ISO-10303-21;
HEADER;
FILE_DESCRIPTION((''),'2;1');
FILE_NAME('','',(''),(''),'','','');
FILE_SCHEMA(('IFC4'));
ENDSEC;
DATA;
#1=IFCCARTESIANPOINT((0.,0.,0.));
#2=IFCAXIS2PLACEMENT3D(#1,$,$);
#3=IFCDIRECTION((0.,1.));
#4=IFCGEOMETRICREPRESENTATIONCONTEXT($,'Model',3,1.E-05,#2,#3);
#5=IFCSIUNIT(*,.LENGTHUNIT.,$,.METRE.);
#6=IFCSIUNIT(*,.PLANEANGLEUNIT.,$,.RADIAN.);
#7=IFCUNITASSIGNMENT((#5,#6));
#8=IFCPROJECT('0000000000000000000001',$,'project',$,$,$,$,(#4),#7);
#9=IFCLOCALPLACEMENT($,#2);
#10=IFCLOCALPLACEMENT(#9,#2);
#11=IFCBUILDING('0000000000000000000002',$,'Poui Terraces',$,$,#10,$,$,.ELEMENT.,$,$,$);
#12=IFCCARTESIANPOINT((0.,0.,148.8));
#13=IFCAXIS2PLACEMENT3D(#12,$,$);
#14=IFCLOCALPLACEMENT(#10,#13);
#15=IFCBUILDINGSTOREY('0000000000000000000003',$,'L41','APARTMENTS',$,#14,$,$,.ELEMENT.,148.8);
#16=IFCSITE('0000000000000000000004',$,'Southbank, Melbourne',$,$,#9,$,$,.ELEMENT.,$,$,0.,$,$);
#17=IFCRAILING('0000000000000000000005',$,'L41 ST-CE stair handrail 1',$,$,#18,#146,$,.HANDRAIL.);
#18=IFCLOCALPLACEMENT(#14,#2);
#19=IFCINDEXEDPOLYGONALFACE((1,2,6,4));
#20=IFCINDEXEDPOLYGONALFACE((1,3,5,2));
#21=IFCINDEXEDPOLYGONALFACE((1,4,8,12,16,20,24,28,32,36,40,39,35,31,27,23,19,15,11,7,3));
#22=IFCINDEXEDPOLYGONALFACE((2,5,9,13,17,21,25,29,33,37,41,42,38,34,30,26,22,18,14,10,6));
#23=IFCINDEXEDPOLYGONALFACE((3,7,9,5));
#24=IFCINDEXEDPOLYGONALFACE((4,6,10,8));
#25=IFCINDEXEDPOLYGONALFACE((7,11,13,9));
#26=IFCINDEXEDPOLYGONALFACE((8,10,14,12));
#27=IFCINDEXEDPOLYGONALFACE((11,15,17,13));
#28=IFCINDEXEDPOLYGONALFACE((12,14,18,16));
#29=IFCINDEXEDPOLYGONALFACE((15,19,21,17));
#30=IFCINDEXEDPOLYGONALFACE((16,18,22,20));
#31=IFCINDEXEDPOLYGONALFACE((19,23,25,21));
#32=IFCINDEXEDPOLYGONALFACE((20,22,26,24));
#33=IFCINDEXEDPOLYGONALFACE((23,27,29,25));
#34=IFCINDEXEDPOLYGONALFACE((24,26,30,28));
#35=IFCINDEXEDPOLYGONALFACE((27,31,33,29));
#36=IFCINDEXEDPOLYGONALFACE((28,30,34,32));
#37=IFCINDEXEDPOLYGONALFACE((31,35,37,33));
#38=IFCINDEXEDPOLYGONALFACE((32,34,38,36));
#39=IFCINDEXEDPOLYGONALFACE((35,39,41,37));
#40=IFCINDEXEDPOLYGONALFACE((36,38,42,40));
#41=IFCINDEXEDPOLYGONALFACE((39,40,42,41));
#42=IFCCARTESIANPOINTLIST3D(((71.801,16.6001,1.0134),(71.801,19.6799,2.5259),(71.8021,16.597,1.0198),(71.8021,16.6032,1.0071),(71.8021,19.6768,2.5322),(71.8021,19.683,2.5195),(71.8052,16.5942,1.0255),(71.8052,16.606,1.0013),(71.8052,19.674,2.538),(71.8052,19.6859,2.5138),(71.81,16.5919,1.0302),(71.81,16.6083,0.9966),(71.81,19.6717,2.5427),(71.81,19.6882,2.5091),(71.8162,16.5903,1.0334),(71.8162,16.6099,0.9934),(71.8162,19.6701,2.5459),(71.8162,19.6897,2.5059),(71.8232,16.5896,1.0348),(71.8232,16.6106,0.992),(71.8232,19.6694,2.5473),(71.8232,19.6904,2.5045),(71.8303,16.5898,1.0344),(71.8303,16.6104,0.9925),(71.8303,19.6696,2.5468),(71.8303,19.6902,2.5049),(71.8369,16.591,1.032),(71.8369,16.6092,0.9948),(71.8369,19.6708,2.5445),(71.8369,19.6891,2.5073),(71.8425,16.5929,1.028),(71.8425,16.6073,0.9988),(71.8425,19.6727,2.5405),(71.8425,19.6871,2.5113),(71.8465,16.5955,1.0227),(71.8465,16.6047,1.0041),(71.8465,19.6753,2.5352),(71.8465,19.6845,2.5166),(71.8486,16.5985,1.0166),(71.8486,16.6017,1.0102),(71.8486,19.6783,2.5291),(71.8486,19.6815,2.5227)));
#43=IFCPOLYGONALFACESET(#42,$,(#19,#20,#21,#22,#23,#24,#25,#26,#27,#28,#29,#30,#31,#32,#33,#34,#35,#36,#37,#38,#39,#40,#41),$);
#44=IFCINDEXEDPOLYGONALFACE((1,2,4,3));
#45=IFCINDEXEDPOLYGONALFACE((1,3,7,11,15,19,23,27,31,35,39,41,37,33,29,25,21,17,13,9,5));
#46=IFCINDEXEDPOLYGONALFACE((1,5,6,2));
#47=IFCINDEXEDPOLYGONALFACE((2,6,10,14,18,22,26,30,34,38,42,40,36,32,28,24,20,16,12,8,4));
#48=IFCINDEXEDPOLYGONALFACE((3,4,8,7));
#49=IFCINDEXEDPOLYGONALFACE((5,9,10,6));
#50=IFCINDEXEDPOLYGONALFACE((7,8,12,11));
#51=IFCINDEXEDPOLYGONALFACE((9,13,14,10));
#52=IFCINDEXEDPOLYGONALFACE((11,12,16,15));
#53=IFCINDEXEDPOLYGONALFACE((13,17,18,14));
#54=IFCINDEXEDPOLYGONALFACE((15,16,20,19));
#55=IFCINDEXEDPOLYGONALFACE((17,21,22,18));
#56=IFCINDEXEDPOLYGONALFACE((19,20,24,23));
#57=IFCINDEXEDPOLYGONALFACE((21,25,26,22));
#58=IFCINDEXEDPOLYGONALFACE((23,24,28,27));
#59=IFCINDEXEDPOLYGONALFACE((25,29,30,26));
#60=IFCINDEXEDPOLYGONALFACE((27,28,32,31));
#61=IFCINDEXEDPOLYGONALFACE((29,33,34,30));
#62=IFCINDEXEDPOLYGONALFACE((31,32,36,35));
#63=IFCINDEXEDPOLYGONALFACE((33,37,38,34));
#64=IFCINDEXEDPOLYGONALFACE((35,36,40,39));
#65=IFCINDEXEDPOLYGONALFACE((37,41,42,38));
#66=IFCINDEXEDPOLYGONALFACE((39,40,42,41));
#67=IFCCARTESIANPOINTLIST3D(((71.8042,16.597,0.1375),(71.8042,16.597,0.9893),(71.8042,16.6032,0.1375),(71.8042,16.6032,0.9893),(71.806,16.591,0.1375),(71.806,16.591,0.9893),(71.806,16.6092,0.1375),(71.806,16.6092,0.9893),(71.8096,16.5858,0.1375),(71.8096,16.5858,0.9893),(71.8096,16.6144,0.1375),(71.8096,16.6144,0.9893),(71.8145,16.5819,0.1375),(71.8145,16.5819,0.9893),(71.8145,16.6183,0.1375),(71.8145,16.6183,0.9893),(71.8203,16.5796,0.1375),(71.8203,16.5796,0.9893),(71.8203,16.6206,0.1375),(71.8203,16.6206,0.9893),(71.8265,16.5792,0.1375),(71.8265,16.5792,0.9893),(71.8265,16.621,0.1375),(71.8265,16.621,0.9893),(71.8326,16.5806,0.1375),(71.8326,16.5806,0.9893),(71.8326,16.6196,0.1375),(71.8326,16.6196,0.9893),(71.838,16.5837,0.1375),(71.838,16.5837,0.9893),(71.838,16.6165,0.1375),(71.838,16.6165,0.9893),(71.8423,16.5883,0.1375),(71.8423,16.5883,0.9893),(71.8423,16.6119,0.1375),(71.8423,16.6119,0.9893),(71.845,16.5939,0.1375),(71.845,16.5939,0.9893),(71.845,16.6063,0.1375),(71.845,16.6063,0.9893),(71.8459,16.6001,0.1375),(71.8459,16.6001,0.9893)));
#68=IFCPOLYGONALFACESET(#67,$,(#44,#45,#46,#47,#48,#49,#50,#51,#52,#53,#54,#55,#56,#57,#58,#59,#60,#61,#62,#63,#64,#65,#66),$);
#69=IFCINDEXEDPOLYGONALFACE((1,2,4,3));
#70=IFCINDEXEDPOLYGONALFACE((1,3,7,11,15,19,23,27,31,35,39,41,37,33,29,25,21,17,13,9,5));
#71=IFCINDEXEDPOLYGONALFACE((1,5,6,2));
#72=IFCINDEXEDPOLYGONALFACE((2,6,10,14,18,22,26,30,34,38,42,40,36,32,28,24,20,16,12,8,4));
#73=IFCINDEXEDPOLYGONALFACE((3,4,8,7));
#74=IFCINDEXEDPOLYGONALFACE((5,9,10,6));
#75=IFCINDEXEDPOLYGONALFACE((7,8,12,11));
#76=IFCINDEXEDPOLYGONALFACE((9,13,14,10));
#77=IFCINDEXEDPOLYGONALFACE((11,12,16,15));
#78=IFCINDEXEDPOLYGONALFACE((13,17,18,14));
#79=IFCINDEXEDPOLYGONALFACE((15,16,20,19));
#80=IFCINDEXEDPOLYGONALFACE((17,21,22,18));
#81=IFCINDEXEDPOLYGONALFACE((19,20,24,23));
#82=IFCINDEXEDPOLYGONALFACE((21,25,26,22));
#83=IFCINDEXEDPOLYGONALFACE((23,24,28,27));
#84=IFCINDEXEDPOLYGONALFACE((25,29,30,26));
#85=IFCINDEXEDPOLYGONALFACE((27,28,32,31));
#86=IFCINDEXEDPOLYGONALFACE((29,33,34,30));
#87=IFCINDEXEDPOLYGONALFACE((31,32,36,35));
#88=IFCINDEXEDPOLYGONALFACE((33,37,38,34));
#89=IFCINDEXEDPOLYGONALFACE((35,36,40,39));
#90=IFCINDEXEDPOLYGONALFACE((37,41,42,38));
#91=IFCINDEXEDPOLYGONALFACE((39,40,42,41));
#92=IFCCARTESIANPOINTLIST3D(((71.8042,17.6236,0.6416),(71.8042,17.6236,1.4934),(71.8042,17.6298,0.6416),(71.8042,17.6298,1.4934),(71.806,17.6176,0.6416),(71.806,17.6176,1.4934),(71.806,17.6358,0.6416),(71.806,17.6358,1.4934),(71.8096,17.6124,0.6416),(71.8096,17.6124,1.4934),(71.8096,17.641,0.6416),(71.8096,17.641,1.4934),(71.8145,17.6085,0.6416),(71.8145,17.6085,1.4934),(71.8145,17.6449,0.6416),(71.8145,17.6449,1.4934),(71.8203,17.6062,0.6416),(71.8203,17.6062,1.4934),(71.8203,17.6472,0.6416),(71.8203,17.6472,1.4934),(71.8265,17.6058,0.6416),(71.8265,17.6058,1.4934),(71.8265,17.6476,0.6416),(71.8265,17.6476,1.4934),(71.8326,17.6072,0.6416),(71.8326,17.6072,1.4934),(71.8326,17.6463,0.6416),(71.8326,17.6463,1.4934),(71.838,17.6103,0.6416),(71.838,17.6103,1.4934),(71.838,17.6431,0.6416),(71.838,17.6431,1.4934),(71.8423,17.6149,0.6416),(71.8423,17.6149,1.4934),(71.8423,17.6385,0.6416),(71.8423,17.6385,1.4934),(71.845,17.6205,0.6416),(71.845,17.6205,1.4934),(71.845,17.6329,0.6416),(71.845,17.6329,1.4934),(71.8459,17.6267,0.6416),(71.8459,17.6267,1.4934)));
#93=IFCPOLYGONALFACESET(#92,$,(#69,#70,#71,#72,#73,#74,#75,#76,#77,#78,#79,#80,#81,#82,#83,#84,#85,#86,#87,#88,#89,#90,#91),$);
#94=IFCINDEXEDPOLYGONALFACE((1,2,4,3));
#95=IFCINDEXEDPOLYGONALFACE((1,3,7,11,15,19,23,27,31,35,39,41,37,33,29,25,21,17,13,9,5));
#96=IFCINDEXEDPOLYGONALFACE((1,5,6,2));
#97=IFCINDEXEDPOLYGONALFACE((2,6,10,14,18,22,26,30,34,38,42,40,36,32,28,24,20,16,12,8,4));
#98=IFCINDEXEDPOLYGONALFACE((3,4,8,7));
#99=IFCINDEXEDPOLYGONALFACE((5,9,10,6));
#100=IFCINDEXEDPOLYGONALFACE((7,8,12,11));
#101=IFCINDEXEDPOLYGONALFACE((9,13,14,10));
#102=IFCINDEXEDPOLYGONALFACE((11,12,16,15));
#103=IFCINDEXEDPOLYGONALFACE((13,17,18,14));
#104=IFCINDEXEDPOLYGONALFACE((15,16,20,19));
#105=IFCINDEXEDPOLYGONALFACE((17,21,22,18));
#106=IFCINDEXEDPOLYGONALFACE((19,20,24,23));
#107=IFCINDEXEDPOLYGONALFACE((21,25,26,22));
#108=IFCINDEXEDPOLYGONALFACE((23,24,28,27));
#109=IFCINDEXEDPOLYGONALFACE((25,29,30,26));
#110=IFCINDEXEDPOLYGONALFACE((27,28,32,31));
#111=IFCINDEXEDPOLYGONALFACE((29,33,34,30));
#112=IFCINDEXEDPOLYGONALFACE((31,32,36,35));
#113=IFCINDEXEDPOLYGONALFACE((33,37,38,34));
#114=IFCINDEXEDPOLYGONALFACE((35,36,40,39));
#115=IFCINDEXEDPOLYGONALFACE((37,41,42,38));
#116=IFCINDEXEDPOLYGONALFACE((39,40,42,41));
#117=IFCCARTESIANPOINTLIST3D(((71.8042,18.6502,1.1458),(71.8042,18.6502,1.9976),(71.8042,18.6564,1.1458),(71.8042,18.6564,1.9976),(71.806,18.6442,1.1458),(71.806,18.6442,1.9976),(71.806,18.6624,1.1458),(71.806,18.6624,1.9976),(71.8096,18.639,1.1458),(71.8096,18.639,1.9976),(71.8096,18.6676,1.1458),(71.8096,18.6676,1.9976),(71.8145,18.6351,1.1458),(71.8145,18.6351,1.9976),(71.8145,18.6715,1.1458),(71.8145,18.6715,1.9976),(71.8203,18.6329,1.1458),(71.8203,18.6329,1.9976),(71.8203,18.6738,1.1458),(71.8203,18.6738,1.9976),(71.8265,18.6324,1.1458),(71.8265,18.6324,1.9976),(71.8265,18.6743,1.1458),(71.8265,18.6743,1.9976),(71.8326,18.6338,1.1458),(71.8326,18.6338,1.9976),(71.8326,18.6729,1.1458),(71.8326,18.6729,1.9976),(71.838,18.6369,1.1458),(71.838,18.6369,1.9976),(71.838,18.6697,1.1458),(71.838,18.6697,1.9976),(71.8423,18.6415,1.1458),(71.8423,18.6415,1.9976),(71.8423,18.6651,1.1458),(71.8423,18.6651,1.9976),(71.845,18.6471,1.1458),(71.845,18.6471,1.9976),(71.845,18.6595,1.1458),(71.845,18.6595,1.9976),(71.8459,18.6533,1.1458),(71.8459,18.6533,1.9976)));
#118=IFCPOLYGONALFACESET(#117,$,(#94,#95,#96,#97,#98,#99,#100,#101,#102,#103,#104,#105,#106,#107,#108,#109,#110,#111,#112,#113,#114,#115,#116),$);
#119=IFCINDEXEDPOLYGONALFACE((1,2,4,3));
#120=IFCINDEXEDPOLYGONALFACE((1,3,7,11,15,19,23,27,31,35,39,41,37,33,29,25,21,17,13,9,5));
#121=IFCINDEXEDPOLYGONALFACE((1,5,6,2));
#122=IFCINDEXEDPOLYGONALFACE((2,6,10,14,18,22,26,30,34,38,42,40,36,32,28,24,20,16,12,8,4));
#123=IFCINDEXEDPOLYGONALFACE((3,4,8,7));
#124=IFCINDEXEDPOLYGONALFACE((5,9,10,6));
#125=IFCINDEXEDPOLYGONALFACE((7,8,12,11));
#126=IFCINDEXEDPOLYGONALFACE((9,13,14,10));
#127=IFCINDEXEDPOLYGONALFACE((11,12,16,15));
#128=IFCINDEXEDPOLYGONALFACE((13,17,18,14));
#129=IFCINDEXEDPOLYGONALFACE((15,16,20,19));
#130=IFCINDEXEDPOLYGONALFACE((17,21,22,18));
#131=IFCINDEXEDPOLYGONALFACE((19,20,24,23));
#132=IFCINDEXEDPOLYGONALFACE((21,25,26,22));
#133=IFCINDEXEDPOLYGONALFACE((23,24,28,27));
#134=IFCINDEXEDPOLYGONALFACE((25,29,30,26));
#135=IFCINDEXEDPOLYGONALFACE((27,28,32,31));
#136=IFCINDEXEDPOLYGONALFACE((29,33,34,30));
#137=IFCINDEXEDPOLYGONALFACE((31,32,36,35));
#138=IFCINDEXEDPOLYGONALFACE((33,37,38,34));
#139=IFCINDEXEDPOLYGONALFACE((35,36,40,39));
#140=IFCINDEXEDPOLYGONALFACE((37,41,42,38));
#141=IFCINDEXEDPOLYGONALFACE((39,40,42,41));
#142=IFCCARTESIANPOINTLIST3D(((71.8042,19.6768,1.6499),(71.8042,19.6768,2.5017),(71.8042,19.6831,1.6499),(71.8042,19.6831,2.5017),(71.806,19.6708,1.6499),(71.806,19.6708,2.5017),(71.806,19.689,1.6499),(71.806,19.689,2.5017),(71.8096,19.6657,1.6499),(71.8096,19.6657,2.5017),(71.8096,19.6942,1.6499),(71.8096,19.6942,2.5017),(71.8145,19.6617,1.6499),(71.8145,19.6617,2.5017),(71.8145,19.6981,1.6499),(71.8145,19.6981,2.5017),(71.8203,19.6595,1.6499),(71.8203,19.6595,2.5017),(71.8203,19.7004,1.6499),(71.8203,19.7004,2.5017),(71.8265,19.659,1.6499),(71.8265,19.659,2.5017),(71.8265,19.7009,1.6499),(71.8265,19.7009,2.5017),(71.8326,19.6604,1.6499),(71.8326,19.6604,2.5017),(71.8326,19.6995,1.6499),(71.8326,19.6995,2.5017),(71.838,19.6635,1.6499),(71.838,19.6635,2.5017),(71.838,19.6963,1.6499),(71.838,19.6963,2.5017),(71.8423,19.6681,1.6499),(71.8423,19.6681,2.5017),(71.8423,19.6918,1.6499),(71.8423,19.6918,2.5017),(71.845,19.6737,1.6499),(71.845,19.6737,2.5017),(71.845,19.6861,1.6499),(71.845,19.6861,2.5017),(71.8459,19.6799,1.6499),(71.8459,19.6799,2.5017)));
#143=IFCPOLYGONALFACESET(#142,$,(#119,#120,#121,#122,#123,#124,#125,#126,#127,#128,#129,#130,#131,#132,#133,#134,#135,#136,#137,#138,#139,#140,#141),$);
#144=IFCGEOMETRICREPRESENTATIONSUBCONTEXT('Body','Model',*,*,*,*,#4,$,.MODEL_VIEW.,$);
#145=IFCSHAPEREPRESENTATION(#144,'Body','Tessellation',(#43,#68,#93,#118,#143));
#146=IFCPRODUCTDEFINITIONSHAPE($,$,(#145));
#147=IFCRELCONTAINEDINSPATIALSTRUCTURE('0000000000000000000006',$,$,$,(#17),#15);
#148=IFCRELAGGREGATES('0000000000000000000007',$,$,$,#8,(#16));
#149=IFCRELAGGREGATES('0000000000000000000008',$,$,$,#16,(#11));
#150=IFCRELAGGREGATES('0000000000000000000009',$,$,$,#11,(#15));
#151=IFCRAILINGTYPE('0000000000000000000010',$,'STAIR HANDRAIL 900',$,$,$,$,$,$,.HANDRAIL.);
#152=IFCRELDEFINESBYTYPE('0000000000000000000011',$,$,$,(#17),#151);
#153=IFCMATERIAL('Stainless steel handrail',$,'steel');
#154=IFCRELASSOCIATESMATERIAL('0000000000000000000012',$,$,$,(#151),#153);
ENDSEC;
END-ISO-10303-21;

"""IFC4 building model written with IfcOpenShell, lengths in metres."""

from ifc_helpers import new_model, si_unit, direction, frame, origin, origin_2d, place, context, subcontext, project, spatial, circle, extrude, material, type_object, element, save


model = new_model("IFC4")

# Units and contexts
model_context = context("Model", 3, precision=1e-05, world=origin(), true_north=direction((0.0, 1.0)))
body_context = subcontext(model_context, "Body", "Model", "MODEL_VIEW")
ifc_project = project(units=[si_unit("LENGTHUNIT", "METRE"), si_unit("PLANEANGLEUNIT", "RADIAN")], contexts=[model_context])

# Site, building, storey
site_placement = place(None, origin())
site = spatial("IfcSite", under=ifc_project, at=site_placement, Name="Southbank, Melbourne", CompositionType="ELEMENT", RefElevation=0.0)
building_placement = place(site_placement, origin())
building = spatial("IfcBuilding", under=site, at=building_placement, Name="Poui Terraces", CompositionType="ELEMENT")
storey_placement = place(building_placement, frame((0.0, 0.0, 148.8)))
storey = spatial("IfcBuildingStorey", under=building, at=storey_placement, Name="L41", Description="APARTMENTS", CompositionType="ELEMENT", Elevation=148.8)

# Railing
ifc_material_1 = material(Name="Stainless steel handrail", Category="steel")
railing_type_1 = type_object("IfcRailingType", Name="STAIR HANDRAIL 900", PredefinedType="HANDRAIL", material=ifc_material_1)
railing_1_placement = place(storey_placement, frame((71.825, 16.6001, 0.1375)))
element("IfcRailing", 1, at=railing_1_placement, inside=storey, type_object=railing_type_1, Name="L41 ST-CE stair handrail 1", PredefinedType="HANDRAIL", context=body_context, shape_type="SweptSolid", body=[
    extrude(circle(Radius=0.0239, at=origin_2d()), frame((0.0, 0.0, 0.876), z_axis=(0.0, 0.897606, 0.440798), x_axis=(-1.0, 0.0, 0.0)), (0.0, 0.0, 1.0), 3.4312),
    extrude(circle(Radius=0.021, at=origin_2d()), origin(), (0.0, 0.0, 1.0), 0.8518),
    extrude(circle(Radius=0.021, at=origin_2d()), frame((0.0, 1.0266, 0.5042)), (0.0, 0.0, 1.0), 0.8518),
    extrude(circle(Radius=0.021, at=origin_2d()), frame((0.0, 2.0532, 1.0083)), (0.0, 0.0, 1.0), 0.8518),
    extrude(circle(Radius=0.021, at=origin_2d()), frame((0.0, 3.0798, 1.5125)), (0.0, 0.0, 1.0), 0.8518),
])

save(model, "model.ifc")
